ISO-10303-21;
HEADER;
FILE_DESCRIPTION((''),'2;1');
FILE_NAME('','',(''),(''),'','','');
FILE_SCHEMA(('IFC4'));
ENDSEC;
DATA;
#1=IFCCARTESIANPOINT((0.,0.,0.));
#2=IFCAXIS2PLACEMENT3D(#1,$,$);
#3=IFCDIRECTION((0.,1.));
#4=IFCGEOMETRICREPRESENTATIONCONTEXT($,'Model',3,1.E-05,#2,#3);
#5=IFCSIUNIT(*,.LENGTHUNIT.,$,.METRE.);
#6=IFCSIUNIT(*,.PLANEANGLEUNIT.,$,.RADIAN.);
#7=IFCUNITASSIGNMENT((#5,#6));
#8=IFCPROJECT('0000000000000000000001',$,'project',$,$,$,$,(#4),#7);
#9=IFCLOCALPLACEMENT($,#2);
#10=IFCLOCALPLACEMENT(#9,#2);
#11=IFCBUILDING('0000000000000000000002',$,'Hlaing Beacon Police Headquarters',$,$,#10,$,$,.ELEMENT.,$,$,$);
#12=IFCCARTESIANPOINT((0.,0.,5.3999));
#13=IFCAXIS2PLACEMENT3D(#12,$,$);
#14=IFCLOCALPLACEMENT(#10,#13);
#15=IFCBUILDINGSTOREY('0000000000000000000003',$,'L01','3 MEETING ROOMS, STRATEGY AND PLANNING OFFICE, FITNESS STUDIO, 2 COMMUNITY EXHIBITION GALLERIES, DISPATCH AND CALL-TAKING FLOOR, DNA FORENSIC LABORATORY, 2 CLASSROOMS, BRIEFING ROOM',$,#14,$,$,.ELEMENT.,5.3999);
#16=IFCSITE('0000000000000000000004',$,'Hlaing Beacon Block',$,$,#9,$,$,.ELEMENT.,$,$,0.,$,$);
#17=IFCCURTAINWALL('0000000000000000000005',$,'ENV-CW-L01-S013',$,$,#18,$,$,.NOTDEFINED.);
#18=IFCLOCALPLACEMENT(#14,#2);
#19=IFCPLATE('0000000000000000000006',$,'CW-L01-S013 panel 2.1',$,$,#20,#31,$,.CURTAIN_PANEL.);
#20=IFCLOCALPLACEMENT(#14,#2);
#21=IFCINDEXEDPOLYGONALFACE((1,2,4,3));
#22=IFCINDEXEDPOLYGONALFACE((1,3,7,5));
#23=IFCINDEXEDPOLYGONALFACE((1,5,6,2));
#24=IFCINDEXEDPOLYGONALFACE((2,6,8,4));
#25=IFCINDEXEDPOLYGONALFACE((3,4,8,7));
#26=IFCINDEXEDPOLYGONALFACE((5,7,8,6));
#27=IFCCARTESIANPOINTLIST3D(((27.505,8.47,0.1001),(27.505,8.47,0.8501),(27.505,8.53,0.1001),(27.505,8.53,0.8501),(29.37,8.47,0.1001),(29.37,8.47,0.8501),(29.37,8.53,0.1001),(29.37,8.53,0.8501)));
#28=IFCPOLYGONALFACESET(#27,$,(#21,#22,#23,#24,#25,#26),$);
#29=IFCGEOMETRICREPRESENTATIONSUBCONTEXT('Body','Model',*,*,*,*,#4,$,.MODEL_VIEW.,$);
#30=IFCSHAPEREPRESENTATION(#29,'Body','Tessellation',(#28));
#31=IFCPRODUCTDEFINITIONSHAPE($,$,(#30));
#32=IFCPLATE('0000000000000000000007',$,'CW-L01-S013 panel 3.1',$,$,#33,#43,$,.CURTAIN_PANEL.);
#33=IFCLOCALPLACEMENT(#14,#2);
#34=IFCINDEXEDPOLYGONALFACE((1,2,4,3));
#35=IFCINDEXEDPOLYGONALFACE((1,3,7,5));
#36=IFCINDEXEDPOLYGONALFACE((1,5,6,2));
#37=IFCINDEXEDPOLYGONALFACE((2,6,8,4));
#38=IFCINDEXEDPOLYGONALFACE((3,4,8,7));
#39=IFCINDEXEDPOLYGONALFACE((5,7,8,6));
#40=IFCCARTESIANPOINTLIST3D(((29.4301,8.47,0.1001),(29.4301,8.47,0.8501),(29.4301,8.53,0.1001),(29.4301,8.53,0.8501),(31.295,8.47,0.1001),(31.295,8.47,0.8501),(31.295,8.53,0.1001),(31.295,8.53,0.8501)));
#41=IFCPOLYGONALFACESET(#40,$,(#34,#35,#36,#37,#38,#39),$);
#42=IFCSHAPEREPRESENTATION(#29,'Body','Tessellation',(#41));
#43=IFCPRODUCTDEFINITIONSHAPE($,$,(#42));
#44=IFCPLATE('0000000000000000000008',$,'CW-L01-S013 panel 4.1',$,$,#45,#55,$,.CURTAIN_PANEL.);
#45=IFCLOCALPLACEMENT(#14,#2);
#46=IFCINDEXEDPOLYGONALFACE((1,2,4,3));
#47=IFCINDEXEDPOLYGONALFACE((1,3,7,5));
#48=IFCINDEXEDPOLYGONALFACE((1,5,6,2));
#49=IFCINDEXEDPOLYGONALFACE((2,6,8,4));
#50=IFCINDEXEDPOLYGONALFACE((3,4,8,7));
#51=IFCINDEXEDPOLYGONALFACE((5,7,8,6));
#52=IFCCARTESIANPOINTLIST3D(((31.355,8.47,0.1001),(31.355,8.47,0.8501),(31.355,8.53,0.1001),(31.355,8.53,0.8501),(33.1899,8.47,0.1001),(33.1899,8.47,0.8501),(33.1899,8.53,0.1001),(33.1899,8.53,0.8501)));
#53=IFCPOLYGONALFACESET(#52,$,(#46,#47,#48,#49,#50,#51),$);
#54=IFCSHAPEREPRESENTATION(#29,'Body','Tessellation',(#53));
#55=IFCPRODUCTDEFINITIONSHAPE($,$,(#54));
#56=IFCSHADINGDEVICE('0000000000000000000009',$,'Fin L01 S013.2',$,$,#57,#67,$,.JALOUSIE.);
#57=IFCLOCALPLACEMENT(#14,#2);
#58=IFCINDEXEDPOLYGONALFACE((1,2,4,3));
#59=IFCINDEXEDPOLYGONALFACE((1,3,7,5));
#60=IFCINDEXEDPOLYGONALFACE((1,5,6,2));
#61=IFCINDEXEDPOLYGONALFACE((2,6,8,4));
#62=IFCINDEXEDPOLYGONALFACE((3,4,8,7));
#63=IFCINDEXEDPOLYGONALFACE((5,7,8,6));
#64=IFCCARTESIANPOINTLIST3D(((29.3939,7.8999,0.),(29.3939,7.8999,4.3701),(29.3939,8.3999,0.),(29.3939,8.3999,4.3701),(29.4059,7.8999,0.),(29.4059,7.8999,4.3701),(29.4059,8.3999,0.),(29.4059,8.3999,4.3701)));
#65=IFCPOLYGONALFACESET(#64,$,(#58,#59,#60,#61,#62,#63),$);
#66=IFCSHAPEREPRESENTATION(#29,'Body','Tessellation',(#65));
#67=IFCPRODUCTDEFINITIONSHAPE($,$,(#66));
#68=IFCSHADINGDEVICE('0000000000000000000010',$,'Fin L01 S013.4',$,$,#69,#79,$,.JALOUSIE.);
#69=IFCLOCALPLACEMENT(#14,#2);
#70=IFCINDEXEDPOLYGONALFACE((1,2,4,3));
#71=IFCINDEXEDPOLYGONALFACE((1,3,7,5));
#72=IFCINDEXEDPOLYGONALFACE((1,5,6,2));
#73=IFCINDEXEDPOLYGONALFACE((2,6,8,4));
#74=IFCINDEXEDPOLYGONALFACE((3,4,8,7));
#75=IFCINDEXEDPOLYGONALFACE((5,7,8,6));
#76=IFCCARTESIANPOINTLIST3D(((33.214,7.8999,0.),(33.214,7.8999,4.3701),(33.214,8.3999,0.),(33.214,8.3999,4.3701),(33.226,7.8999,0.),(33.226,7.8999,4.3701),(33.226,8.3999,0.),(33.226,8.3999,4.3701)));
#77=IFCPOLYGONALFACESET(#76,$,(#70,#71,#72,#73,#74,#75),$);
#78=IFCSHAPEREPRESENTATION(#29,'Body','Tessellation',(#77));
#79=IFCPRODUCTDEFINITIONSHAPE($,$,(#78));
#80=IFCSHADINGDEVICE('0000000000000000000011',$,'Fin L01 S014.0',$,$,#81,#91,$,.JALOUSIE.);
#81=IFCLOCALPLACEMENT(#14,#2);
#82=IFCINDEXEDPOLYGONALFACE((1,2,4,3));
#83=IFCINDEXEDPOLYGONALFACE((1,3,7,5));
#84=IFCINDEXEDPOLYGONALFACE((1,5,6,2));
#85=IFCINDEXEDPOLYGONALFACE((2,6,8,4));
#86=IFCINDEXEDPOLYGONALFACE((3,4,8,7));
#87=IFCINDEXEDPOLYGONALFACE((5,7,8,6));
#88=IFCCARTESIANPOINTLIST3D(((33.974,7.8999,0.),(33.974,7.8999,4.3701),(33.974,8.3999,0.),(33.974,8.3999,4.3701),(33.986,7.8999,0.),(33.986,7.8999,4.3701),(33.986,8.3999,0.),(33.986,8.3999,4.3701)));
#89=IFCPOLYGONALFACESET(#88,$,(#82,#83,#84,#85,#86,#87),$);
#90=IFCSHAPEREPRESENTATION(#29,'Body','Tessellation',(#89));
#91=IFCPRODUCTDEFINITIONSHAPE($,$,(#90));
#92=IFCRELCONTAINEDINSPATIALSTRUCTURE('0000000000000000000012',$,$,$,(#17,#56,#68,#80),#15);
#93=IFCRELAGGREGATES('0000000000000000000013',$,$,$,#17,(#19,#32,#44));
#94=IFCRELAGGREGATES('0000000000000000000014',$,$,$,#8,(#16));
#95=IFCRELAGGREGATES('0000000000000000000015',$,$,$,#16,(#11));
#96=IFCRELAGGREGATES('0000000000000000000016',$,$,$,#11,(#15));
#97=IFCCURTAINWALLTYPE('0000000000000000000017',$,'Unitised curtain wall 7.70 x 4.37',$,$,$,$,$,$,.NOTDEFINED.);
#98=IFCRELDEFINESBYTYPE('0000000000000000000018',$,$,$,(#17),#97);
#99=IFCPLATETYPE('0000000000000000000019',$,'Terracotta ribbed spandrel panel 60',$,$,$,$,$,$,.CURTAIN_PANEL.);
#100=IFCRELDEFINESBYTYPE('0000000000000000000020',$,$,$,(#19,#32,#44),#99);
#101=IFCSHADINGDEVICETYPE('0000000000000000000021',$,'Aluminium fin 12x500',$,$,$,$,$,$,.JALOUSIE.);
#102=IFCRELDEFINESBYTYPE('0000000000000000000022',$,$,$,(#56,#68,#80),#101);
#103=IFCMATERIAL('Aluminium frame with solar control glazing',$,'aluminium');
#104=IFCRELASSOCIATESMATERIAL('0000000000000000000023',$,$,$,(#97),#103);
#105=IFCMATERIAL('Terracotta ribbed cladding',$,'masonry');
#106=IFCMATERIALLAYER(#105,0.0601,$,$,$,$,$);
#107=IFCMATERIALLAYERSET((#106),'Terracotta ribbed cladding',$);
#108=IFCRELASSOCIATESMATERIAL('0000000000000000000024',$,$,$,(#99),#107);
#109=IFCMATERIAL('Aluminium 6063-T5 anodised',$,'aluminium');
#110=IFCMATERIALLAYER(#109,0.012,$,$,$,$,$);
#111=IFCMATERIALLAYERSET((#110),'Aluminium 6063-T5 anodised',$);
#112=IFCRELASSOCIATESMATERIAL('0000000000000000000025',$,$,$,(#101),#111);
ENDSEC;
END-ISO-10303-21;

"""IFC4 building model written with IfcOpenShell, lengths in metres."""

from ifc_helpers import new_model, si_unit, direction, frame, origin, origin_2d, place, context, subcontext, project, spatial, rectangle, extrude, material, layer, layer_set, type_object, element, aggregate, save


model = new_model("IFC4")

# Units and contexts
model_context = context("Model", 3, precision=1e-05, world=origin(), true_north=direction((0.0, 1.0)))
body_context = subcontext(model_context, "Body", "Model", "MODEL_VIEW")
ifc_project = project(units=[si_unit("LENGTHUNIT", "METRE"), si_unit("PLANEANGLEUNIT", "RADIAN")], contexts=[model_context])

# Site, building, storey
site_placement = place(None, origin())
site = spatial("IfcSite", under=ifc_project, at=site_placement, Name="Hlaing Beacon Block", CompositionType="ELEMENT", RefElevation=0.0)
building_placement = place(site_placement, origin())
building = spatial("IfcBuilding", under=site, at=building_placement, Name="Hlaing Beacon Police Headquarters", CompositionType="ELEMENT")
storey_placement = place(building_placement, frame((0.0, 0.0, 5.3999)))
storey = spatial("IfcBuildingStorey", under=building, at=storey_placement, Name="L01", Description="3 MEETING ROOMS, STRATEGY AND PLANNING OFFICE, FITNESS STUDIO, 2 COMMUNITY EXHIBITION GALLERIES, DISPATCH AND CALL-TAKING FLOOR, DNA FORENSIC LABORATORY, 2 CLASSROOMS, BRIEFING ROOM", CompositionType="ELEMENT", Elevation=5.3999)

# Curtain wall
ifc_material_1 = material(Name="Aluminium frame with solar control glazing", Category="aluminium")
curtain_wall_type = type_object("IfcCurtainWallType", Name="Unitised curtain wall 7.70 x 4.37", PredefinedType="NOTDEFINED", material=ifc_material_1)
curtain_wall_1_placement = place(storey_placement, origin())
curtain_wall_1 = element("IfcCurtainWall", 1, at=curtain_wall_1_placement, inside=storey, type_object=curtain_wall_type, Name="ENV-CW-L01-S013", PredefinedType="NOTDEFINED")

# Plates
ifc_material_2 = material(Name="Terracotta ribbed cladding", Category="masonry")
ifc_layer_1 = layer(ifc_material_2, 0.0601)
ifc_layer_set_1 = layer_set([ifc_layer_1], Name="Terracotta ribbed cladding")
plate_type_1 = type_object("IfcPlateType", Name="Terracotta ribbed spandrel panel 60", PredefinedType="CURTAIN_PANEL", material=ifc_layer_set_1)
plate_1_placement = place(storey_placement, frame((28.4375, 8.5, 0.1001), z_axis=(0.0, 0.0, 1.0), x_axis=(1.0, 0.0, 0.0)))
plate_1 = element("IfcPlate", 2, at=plate_1_placement, type_object=plate_type_1, Name="CW-L01-S013 panel 2.1", PredefinedType="CURTAIN_PANEL", context=body_context, shape_type="SweptSolid", body=[
    extrude(rectangle(XDim=1.865, YDim=0.0601, at=origin_2d()), origin(), (0.0, 0.0, 1.0), 0.75),
])
plate_2_placement = place(storey_placement, frame((30.3625, 8.5, 0.1001), z_axis=(0.0, 0.0, 1.0), x_axis=(1.0, 0.0, 0.0)))
plate_2 = element("IfcPlate", 3, at=plate_2_placement, type_object=plate_type_1, Name="CW-L01-S013 panel 3.1", PredefinedType="CURTAIN_PANEL", context=body_context, shape_type="SweptSolid", body=[
    extrude(rectangle(XDim=1.865, YDim=0.0601, at=origin_2d()), origin(), (0.0, 0.0, 1.0), 0.75),
])
plate_3_placement = place(storey_placement, frame((32.2725, 8.5, 0.1001), z_axis=(0.0, 0.0, 1.0), x_axis=(1.0, 0.0, 0.0)))
plate_3 = element("IfcPlate", 4, at=plate_3_placement, type_object=plate_type_1, Name="CW-L01-S013 panel 4.1", PredefinedType="CURTAIN_PANEL", context=body_context, shape_type="SweptSolid", body=[
    extrude(rectangle(XDim=1.835, YDim=0.0601, at=origin_2d()), origin(), (0.0, 0.0, 1.0), 0.75),
])
aggregate(curtain_wall_1, [plate_1, plate_2, plate_3])

# Shading devices
ifc_material_3 = material(Name="Aluminium 6063-T5 anodised", Category="aluminium")
ifc_layer_2 = layer(ifc_material_3, 0.012)
ifc_layer_set_2 = layer_set([ifc_layer_2], Name="Aluminium 6063-T5 anodised")
shading_device_type = type_object("IfcShadingDeviceType", Name="Aluminium fin 12x500", PredefinedType="JALOUSIE", material=ifc_layer_set_2)
for number, where, z_axis, x_axis, name in (
    (5, (29.3999, 8.1499, 0.0), (0.0, 0.0, 1.0), (1.0, 0.0, 0.0), "Fin L01 S013.2"),
    (6, (33.22, 8.1499, 0.0), (0.0, 0.0, 1.0), (1.0, 0.0, 0.0), "Fin L01 S013.4"),
    (7, (33.98, 8.1499, 0.0), (0.0, 0.0, 1.0), (1.0, 0.0, 0.0), "Fin L01 S014.0"),
):
    element("IfcShadingDevice", number, at=place(storey_placement, frame(where, z_axis=z_axis, x_axis=x_axis)), inside=storey, type_object=shading_device_type, Name=name, PredefinedType="JALOUSIE", context=body_context, shape_type="SweptSolid", body=[
        extrude(rectangle(XDim=0.012, YDim=0.5, at=origin_2d()), origin(), (0.0, 0.0, 1.0), 4.3701),
    ])

save(model, "model.ifc")
